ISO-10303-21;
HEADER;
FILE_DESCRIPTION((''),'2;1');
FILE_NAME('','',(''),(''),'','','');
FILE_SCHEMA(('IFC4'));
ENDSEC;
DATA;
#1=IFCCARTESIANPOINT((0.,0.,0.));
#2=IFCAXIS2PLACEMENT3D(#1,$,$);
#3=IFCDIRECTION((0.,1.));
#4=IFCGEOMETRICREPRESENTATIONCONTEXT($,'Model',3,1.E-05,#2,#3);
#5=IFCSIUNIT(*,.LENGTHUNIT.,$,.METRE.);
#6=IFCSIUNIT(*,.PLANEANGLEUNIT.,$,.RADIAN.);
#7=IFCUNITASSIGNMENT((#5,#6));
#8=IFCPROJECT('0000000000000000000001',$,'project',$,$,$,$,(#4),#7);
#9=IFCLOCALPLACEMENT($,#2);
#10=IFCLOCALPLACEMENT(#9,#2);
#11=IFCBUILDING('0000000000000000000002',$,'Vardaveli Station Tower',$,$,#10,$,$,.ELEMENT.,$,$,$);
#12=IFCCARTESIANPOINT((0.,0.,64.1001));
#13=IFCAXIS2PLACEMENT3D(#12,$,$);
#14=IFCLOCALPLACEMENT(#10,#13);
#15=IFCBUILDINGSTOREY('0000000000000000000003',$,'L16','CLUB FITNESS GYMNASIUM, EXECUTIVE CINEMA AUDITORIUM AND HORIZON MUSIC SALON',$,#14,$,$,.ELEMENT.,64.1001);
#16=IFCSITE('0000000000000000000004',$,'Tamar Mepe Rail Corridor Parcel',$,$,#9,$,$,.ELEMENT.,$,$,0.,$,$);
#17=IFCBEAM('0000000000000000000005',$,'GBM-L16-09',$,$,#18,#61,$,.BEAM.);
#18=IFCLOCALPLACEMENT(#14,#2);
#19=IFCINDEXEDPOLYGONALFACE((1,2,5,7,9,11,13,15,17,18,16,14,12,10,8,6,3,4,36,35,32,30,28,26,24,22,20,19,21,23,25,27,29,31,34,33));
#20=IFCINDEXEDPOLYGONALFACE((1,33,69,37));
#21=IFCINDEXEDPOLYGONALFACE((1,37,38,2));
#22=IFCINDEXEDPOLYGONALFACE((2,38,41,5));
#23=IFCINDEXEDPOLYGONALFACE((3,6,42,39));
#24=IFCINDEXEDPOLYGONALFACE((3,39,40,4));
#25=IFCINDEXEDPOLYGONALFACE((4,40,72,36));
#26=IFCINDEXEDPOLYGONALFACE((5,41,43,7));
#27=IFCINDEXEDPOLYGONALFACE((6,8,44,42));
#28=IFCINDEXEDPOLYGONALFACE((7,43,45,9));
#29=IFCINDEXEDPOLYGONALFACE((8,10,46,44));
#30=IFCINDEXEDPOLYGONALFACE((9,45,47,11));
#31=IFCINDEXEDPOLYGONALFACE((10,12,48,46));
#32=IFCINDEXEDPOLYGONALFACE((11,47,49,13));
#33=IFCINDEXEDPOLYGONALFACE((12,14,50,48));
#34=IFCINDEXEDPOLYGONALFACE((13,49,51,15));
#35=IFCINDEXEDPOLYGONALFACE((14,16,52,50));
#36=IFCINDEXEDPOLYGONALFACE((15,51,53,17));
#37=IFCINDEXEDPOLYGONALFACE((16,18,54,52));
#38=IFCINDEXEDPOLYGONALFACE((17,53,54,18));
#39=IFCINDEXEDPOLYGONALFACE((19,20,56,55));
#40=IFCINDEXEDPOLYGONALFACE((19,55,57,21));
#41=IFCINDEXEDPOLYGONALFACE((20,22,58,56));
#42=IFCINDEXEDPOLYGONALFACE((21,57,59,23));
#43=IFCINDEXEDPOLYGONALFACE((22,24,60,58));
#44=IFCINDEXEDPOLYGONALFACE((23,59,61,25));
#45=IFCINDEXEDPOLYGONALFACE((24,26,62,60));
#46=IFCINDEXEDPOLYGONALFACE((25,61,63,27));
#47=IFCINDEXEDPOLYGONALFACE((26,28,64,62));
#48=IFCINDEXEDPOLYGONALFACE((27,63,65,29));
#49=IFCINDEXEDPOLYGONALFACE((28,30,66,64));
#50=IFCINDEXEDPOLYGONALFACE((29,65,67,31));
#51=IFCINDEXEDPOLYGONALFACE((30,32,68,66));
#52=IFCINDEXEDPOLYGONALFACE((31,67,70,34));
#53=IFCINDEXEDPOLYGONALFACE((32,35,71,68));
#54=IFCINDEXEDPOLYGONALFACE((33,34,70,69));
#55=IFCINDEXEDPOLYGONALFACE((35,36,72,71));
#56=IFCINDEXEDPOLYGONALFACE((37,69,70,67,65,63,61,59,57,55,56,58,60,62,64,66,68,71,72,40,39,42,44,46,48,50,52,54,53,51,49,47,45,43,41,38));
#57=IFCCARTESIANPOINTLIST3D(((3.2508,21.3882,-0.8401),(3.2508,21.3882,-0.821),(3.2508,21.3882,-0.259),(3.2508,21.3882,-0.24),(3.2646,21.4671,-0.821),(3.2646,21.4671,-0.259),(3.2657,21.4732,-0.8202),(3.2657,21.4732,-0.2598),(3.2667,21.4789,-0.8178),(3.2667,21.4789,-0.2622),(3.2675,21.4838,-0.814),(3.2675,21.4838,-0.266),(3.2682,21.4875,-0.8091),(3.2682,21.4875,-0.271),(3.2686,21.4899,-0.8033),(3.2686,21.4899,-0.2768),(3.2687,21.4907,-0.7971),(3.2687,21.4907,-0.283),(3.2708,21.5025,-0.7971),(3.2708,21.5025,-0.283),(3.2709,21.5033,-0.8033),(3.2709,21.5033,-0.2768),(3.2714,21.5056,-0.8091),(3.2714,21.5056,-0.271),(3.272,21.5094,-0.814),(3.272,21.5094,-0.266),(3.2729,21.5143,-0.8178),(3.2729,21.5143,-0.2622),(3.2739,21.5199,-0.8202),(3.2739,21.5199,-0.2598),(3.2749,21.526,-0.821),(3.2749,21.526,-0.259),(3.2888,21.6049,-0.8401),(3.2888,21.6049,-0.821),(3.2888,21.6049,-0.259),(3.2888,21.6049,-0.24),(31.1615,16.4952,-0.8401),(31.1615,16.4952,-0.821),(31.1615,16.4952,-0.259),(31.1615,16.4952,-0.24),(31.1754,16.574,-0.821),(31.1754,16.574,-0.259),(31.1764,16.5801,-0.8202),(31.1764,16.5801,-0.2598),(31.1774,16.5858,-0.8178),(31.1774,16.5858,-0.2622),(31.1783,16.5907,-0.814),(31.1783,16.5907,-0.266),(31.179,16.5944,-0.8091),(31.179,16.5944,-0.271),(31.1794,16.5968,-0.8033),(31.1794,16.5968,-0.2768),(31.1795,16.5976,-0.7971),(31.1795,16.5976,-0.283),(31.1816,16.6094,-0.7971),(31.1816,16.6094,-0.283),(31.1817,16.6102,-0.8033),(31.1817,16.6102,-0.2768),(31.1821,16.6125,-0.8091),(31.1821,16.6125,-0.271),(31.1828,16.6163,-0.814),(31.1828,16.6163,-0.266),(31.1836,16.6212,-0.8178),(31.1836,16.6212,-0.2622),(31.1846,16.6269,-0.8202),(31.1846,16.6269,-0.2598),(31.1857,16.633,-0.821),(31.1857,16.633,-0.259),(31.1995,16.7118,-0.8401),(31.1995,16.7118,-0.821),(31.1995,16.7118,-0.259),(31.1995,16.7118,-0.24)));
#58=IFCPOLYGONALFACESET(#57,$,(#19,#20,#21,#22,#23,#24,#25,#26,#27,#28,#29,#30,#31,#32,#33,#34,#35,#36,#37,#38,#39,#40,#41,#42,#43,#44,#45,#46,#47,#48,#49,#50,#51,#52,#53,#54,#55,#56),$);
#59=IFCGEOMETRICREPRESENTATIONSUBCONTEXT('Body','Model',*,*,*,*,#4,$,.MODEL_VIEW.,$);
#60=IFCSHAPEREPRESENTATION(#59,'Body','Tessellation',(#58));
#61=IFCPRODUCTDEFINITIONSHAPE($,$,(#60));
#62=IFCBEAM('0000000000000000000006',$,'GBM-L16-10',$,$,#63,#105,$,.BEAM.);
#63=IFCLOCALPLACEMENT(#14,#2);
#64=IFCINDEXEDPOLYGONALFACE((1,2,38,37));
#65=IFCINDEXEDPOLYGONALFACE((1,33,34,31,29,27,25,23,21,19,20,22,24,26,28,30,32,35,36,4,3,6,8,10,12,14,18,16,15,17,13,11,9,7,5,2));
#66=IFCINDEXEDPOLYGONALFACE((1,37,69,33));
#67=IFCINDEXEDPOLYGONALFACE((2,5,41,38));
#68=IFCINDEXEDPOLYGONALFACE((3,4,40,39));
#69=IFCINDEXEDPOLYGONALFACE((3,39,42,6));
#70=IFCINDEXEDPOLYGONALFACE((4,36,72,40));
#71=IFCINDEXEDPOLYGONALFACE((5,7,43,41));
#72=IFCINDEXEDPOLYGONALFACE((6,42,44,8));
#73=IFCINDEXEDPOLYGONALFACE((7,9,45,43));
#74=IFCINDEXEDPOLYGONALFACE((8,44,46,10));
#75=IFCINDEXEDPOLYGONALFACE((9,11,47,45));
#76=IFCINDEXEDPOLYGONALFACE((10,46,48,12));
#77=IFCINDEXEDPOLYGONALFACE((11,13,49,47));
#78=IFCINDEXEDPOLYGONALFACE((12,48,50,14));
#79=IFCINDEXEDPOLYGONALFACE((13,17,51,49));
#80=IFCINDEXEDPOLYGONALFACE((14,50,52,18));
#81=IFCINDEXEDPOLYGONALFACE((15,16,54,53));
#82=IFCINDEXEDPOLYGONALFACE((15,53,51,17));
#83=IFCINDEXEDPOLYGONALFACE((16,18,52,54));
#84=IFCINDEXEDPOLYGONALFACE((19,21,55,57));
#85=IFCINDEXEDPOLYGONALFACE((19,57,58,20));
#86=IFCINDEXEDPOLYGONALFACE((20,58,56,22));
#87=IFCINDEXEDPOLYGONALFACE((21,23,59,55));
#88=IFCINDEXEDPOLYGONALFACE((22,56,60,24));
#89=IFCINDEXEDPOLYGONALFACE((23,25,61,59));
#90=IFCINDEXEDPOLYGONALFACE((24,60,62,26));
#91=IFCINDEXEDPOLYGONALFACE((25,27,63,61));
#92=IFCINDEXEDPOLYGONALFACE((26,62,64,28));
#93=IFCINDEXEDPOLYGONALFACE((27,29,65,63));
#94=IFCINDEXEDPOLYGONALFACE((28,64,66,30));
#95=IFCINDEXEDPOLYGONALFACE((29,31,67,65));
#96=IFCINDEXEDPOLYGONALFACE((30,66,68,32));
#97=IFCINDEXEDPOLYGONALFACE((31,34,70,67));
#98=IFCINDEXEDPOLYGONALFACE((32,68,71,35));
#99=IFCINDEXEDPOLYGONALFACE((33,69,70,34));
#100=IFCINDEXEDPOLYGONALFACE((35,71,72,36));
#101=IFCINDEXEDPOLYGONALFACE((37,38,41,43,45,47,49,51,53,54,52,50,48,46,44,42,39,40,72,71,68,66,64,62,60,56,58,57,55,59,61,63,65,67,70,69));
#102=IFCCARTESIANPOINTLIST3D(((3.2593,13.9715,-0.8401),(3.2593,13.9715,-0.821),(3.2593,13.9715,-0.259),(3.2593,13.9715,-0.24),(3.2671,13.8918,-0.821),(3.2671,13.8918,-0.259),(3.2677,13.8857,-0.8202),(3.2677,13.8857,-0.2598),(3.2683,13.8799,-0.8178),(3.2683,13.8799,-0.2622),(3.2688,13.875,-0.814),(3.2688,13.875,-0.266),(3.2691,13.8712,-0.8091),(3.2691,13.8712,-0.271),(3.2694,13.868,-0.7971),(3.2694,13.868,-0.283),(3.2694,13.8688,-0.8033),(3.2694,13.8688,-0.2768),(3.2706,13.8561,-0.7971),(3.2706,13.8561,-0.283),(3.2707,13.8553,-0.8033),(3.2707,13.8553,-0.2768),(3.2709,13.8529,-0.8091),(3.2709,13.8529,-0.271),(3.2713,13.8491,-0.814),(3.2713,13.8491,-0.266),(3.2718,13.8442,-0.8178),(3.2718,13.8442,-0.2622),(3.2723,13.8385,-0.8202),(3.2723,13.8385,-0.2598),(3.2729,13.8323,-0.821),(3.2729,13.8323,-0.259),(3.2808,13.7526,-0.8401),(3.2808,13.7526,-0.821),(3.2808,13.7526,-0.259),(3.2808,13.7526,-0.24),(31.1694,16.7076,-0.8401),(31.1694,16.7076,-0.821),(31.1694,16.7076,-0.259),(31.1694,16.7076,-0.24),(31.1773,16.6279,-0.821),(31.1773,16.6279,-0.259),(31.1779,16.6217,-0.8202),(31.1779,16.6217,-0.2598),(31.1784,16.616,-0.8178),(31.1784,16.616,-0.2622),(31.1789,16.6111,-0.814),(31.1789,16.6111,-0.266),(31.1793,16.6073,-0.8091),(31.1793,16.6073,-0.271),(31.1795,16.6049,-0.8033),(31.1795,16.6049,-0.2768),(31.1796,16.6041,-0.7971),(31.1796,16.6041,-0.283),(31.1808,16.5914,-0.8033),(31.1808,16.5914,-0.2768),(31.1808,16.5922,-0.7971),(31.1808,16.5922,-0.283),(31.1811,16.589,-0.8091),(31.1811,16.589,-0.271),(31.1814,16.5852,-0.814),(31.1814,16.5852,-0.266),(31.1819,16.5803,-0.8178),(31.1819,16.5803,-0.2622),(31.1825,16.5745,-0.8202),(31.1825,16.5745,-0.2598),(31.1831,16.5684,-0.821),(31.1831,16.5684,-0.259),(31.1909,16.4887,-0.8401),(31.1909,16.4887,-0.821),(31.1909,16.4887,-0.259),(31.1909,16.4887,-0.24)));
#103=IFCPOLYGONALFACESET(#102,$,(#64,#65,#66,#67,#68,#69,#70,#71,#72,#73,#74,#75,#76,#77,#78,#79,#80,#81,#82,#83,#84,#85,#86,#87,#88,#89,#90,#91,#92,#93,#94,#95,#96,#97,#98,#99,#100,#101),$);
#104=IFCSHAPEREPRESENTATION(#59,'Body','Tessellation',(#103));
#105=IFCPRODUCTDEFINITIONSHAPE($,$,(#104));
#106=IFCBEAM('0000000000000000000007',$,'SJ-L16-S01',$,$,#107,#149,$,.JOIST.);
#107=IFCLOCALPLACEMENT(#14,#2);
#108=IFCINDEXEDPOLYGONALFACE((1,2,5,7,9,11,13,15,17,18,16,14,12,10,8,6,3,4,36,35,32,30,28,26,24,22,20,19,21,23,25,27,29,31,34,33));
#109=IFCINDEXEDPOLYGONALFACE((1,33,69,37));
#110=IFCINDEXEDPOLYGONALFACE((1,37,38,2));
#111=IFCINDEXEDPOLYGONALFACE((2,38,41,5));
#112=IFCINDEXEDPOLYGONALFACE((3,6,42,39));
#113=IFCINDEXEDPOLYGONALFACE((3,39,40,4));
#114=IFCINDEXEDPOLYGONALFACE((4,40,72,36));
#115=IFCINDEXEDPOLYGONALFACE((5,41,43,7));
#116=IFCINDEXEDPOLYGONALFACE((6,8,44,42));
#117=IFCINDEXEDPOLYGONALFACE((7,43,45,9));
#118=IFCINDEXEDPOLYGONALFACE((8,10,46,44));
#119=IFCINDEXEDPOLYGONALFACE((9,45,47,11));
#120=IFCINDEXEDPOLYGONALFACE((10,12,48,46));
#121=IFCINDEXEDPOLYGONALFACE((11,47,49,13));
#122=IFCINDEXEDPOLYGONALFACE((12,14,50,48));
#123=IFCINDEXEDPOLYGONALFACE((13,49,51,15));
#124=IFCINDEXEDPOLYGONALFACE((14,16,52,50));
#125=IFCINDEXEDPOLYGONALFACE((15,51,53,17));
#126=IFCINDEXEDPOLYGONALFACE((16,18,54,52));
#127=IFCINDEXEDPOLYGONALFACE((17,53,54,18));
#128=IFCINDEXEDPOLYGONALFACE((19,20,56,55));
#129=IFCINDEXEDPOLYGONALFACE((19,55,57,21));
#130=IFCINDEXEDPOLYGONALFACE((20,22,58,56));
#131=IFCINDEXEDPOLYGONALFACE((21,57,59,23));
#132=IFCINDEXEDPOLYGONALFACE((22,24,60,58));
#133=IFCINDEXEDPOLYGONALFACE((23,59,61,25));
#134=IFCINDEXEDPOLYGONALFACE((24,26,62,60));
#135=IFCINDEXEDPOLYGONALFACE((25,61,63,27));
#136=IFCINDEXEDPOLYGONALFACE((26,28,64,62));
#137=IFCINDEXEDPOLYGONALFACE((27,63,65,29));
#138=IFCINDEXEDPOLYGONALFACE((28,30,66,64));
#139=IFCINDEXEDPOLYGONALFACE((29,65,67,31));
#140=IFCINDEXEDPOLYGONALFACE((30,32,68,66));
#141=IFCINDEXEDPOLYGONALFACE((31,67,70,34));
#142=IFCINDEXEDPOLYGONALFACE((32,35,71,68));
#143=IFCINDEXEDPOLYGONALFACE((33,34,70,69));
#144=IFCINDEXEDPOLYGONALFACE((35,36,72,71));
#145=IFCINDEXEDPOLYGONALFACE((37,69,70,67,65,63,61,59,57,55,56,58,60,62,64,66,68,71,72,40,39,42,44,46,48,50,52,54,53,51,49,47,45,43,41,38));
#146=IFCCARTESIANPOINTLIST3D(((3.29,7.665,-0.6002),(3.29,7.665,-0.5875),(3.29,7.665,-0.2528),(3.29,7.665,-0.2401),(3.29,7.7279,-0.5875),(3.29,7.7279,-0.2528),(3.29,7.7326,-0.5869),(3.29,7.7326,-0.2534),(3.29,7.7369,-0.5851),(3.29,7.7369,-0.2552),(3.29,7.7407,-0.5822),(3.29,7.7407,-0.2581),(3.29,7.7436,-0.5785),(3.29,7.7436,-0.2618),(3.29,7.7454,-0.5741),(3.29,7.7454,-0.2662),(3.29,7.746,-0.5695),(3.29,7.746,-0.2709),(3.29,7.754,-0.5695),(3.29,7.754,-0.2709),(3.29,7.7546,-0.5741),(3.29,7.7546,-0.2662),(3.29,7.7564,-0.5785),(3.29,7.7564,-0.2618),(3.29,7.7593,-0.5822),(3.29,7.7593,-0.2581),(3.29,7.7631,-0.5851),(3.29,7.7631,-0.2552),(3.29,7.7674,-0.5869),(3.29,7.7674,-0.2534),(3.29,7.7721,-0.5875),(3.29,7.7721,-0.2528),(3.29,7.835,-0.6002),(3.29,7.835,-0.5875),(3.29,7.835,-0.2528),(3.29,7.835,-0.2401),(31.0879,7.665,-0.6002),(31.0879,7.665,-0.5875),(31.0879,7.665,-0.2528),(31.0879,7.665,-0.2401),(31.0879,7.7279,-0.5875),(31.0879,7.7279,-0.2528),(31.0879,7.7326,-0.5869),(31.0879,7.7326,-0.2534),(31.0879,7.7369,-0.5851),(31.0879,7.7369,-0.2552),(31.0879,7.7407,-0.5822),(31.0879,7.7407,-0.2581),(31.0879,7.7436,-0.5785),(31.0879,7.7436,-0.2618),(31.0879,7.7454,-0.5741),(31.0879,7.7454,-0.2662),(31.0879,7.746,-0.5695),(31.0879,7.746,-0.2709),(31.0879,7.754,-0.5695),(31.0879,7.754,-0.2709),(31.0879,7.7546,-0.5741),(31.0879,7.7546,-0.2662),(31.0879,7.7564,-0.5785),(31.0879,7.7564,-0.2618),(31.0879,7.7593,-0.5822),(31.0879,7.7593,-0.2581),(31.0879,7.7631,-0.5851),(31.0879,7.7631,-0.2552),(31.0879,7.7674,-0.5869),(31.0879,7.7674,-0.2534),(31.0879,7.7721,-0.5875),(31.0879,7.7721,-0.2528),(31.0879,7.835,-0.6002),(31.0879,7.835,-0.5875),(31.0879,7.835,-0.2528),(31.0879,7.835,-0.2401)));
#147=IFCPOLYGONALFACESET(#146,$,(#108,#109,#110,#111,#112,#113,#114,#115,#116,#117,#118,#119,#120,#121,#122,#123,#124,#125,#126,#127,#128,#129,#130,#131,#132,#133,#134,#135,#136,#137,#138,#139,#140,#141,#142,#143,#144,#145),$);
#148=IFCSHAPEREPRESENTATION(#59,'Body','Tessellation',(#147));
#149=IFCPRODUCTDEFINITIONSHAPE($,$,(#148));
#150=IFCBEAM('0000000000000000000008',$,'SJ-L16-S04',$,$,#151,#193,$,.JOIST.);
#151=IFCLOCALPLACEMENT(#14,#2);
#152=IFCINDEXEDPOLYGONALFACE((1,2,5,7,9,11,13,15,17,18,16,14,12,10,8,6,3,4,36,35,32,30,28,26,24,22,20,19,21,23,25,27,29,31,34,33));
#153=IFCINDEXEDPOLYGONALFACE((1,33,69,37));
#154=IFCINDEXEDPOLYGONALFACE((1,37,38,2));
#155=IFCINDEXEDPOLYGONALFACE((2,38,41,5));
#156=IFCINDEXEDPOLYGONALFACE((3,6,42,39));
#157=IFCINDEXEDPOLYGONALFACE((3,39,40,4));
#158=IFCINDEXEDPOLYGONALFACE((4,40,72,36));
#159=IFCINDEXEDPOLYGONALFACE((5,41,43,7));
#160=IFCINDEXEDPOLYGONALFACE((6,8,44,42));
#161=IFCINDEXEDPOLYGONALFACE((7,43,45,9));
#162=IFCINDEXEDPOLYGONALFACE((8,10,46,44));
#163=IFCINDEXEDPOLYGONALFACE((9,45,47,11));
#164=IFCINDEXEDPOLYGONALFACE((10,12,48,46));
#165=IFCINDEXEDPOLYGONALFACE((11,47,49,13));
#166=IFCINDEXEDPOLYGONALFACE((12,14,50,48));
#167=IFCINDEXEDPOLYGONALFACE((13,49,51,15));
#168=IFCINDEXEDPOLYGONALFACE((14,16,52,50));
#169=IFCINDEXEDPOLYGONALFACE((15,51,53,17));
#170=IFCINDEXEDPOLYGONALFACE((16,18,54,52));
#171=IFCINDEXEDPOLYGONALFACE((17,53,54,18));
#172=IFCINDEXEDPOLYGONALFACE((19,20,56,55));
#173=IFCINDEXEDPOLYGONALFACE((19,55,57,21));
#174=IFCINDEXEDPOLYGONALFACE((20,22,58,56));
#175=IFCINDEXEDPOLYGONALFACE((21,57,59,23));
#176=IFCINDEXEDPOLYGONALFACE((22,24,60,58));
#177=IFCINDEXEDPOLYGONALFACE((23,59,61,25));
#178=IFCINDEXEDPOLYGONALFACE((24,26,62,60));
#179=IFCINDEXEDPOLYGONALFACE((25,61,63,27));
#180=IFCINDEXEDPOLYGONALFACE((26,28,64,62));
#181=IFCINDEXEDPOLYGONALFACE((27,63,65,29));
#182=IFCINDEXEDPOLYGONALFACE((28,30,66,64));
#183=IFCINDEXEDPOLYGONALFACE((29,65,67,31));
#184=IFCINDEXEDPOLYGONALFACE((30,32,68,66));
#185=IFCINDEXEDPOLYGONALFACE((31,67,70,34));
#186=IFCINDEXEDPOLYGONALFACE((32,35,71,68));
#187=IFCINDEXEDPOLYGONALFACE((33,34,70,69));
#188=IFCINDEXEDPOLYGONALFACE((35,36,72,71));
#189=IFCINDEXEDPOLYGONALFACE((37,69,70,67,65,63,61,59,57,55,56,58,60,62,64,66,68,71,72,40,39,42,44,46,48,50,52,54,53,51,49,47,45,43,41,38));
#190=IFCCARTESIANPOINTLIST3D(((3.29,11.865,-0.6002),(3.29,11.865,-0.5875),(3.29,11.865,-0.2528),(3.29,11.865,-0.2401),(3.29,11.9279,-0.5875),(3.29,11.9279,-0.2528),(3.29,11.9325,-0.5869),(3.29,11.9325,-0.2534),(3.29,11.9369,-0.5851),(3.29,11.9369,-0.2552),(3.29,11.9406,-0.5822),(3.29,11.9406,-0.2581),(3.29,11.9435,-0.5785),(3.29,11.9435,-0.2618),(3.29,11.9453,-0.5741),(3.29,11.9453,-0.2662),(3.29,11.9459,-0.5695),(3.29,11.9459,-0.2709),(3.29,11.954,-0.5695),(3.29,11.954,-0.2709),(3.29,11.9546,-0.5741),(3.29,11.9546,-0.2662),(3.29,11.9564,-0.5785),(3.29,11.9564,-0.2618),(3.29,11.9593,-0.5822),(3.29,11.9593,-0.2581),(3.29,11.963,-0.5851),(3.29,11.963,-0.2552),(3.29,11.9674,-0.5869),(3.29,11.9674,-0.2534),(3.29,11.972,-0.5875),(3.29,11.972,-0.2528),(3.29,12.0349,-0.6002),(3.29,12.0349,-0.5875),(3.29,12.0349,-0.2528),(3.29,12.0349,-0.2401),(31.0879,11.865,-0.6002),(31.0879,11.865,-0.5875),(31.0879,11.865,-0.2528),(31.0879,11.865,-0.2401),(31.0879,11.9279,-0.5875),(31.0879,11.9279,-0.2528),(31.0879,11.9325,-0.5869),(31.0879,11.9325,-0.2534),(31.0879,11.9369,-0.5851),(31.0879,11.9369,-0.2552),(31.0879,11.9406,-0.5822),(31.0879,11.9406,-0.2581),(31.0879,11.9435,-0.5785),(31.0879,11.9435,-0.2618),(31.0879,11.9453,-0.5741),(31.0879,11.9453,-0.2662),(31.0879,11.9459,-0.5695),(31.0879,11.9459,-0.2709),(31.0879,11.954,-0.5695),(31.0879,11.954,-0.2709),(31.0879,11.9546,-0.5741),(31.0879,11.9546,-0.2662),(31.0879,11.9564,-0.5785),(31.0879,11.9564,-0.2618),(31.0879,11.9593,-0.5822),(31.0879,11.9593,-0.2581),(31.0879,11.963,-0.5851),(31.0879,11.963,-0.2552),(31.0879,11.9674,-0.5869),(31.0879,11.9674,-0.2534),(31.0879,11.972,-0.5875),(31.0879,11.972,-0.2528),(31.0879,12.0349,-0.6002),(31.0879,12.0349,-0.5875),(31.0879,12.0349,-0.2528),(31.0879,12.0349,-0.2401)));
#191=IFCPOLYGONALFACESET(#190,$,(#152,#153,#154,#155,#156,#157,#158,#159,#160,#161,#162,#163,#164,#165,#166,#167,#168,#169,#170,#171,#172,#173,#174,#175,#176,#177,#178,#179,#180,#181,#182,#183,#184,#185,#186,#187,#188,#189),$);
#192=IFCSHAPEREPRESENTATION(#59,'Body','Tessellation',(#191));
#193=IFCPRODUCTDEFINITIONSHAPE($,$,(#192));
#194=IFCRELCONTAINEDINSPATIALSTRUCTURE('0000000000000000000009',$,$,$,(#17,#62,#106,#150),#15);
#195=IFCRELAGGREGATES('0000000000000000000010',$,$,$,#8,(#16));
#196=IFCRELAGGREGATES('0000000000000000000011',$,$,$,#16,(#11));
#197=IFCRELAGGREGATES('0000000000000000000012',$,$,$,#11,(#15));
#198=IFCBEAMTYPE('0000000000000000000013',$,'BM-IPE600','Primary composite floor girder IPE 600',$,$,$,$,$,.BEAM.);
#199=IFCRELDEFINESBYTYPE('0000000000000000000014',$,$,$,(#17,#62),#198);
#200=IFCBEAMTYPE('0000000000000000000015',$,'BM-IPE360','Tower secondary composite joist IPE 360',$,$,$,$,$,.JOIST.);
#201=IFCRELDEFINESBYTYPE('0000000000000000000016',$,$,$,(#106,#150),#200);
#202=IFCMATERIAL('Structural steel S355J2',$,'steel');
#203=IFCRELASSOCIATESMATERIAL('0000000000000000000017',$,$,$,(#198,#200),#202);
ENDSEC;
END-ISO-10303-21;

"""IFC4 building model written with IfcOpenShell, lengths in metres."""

from ifc_helpers import new_model, si_unit, direction, frame, origin, origin_2d, place, context, subcontext, project, spatial, i_section, extrude, source, transform, mapped, material, material_profile, profile_set, type_object, element, save


model = new_model("IFC4")

# Units and contexts
model_context = context("Model", 3, precision=1e-05, world=origin(), true_north=direction((0.0, 1.0)))
body_context = subcontext(model_context, "Body", "Model", "MODEL_VIEW")
ifc_project = project(units=[si_unit("LENGTHUNIT", "METRE"), si_unit("PLANEANGLEUNIT", "RADIAN")], contexts=[model_context])

# Site, building, storey
site_placement = place(None, origin())
site = spatial("IfcSite", under=ifc_project, at=site_placement, Name="Tamar Mepe Rail Corridor Parcel", CompositionType="ELEMENT", RefElevation=0.0)
building_placement = place(site_placement, origin())
building = spatial("IfcBuilding", under=site, at=building_placement, Name="Vardaveli Station Tower", CompositionType="ELEMENT")
storey_placement = place(building_placement, frame((0.0, 0.0, 64.1001)))
storey = spatial("IfcBuildingStorey", under=building, at=storey_placement, Name="L16", Description="CLUB FITNESS GYMNASIUM, EXECUTIVE CINEMA AUDITORIUM AND HORIZON MUSIC SALON", CompositionType="ELEMENT", Elevation=64.1001)

# Beams
ifc_material_1 = material(Name="Structural steel S355J2", Category="steel")
ifc_material_profile_1 = material_profile(ifc_material_1, i_section(OverallWidth=0.22, OverallDepth=0.6001, WebThickness=0.012, FlangeThickness=0.019, FilletRadius=0.0239, at=origin_2d()), Name="IPE 600")
ifc_profile_set_1 = profile_set([ifc_material_profile_1], Name="Structural steel S355J2")
beam_type_1 = type_object("IfcBeamType", Name="BM-IPE600", Description="Primary composite floor girder IPE 600", PredefinedType="BEAM", material=ifc_profile_set_1)
shared_shape_1 = source(origin(), body_context, "Body", "SweptSolid", [
    extrude(i_section(OverallWidth=0.22, OverallDepth=0.6001, WebThickness=0.012, FlangeThickness=0.019, FilletRadius=0.0239, at=origin_2d()), origin(), (0.0, 0.0, 1.0), 28.3364),
])
beam_1_placement = place(storey_placement, frame((3.2698, 21.4966, -0.54), z_axis=(0.984978, -0.172678, 0.0), x_axis=(0.172678, 0.984978, 0.0)))
element("IfcBeam", 1, at=beam_1_placement, inside=storey, type_object=beam_type_1, Name="GBM-L16-09", PredefinedType="BEAM", context=body_context, shape_type="MappedRepresentation", body=[
    mapped(shared_shape_1, transform((0.0, 0.0, 0.0), scale=1.0)),
])
shared_shape_2 = source(origin(), body_context, "Body", "SweptSolid", [
    extrude(i_section(OverallWidth=0.22, OverallDepth=0.6001, WebThickness=0.012, FlangeThickness=0.019, FilletRadius=0.0239, at=origin_2d()), origin(), (0.0, 0.0, 1.0), 28.0439),
])
beam_2_placement = place(storey_placement, frame((3.27, 13.8621, -0.54), z_axis=(0.995229, 0.097564, 0.0), x_axis=(-0.097564, 0.995229, 0.0)))
element("IfcBeam", 2, at=beam_2_placement, inside=storey, type_object=beam_type_1, Name="GBM-L16-10", PredefinedType="BEAM", context=body_context, shape_type="MappedRepresentation", body=[
    mapped(shared_shape_2, transform((0.0, 0.0, 0.0), scale=1.0)),
])
ifc_material_profile_2 = material_profile(ifc_material_1, i_section(OverallWidth=0.1699, OverallDepth=0.3601, WebThickness=0.0081, FlangeThickness=0.0127, FilletRadius=0.0181, at=origin_2d()), Name="IPE 360")
ifc_profile_set_2 = profile_set([ifc_material_profile_2], Name="Structural steel S355J2")
beam_type_2 = type_object("IfcBeamType", Name="BM-IPE360", Description="Tower secondary composite joist IPE 360", PredefinedType="JOIST", material=ifc_profile_set_2)
shared_shape_3 = source(origin(), body_context, "Body", "SweptSolid", [
    extrude(i_section(OverallWidth=0.1699, OverallDepth=0.3601, WebThickness=0.0081, FlangeThickness=0.0127, FilletRadius=0.0181, at=origin_2d()), origin(), (0.0, 0.0, 1.0), 27.7979),
])
for number, where, z_axis, x_axis, name in (
    (3, (3.29, 7.75, -0.4202), (1.0, 0.0, 0.0), (0.0, 1.0, 0.0), "SJ-L16-S01"),
    (4, (3.29, 11.95, -0.4202), (1.0, 0.0, 0.0), (0.0, 1.0, 0.0), "SJ-L16-S04"),
):
    element("IfcBeam", number, at=place(storey_placement, frame(where, z_axis=z_axis, x_axis=x_axis)), inside=storey, type_object=beam_type_2, Name=name, PredefinedType="JOIST", context=body_context, shape_type="MappedRepresentation", body=[
        mapped(shared_shape_3, transform((0.0, 0.0, 0.0), scale=1.0)),
    ])

save(model, "model.ifc")
